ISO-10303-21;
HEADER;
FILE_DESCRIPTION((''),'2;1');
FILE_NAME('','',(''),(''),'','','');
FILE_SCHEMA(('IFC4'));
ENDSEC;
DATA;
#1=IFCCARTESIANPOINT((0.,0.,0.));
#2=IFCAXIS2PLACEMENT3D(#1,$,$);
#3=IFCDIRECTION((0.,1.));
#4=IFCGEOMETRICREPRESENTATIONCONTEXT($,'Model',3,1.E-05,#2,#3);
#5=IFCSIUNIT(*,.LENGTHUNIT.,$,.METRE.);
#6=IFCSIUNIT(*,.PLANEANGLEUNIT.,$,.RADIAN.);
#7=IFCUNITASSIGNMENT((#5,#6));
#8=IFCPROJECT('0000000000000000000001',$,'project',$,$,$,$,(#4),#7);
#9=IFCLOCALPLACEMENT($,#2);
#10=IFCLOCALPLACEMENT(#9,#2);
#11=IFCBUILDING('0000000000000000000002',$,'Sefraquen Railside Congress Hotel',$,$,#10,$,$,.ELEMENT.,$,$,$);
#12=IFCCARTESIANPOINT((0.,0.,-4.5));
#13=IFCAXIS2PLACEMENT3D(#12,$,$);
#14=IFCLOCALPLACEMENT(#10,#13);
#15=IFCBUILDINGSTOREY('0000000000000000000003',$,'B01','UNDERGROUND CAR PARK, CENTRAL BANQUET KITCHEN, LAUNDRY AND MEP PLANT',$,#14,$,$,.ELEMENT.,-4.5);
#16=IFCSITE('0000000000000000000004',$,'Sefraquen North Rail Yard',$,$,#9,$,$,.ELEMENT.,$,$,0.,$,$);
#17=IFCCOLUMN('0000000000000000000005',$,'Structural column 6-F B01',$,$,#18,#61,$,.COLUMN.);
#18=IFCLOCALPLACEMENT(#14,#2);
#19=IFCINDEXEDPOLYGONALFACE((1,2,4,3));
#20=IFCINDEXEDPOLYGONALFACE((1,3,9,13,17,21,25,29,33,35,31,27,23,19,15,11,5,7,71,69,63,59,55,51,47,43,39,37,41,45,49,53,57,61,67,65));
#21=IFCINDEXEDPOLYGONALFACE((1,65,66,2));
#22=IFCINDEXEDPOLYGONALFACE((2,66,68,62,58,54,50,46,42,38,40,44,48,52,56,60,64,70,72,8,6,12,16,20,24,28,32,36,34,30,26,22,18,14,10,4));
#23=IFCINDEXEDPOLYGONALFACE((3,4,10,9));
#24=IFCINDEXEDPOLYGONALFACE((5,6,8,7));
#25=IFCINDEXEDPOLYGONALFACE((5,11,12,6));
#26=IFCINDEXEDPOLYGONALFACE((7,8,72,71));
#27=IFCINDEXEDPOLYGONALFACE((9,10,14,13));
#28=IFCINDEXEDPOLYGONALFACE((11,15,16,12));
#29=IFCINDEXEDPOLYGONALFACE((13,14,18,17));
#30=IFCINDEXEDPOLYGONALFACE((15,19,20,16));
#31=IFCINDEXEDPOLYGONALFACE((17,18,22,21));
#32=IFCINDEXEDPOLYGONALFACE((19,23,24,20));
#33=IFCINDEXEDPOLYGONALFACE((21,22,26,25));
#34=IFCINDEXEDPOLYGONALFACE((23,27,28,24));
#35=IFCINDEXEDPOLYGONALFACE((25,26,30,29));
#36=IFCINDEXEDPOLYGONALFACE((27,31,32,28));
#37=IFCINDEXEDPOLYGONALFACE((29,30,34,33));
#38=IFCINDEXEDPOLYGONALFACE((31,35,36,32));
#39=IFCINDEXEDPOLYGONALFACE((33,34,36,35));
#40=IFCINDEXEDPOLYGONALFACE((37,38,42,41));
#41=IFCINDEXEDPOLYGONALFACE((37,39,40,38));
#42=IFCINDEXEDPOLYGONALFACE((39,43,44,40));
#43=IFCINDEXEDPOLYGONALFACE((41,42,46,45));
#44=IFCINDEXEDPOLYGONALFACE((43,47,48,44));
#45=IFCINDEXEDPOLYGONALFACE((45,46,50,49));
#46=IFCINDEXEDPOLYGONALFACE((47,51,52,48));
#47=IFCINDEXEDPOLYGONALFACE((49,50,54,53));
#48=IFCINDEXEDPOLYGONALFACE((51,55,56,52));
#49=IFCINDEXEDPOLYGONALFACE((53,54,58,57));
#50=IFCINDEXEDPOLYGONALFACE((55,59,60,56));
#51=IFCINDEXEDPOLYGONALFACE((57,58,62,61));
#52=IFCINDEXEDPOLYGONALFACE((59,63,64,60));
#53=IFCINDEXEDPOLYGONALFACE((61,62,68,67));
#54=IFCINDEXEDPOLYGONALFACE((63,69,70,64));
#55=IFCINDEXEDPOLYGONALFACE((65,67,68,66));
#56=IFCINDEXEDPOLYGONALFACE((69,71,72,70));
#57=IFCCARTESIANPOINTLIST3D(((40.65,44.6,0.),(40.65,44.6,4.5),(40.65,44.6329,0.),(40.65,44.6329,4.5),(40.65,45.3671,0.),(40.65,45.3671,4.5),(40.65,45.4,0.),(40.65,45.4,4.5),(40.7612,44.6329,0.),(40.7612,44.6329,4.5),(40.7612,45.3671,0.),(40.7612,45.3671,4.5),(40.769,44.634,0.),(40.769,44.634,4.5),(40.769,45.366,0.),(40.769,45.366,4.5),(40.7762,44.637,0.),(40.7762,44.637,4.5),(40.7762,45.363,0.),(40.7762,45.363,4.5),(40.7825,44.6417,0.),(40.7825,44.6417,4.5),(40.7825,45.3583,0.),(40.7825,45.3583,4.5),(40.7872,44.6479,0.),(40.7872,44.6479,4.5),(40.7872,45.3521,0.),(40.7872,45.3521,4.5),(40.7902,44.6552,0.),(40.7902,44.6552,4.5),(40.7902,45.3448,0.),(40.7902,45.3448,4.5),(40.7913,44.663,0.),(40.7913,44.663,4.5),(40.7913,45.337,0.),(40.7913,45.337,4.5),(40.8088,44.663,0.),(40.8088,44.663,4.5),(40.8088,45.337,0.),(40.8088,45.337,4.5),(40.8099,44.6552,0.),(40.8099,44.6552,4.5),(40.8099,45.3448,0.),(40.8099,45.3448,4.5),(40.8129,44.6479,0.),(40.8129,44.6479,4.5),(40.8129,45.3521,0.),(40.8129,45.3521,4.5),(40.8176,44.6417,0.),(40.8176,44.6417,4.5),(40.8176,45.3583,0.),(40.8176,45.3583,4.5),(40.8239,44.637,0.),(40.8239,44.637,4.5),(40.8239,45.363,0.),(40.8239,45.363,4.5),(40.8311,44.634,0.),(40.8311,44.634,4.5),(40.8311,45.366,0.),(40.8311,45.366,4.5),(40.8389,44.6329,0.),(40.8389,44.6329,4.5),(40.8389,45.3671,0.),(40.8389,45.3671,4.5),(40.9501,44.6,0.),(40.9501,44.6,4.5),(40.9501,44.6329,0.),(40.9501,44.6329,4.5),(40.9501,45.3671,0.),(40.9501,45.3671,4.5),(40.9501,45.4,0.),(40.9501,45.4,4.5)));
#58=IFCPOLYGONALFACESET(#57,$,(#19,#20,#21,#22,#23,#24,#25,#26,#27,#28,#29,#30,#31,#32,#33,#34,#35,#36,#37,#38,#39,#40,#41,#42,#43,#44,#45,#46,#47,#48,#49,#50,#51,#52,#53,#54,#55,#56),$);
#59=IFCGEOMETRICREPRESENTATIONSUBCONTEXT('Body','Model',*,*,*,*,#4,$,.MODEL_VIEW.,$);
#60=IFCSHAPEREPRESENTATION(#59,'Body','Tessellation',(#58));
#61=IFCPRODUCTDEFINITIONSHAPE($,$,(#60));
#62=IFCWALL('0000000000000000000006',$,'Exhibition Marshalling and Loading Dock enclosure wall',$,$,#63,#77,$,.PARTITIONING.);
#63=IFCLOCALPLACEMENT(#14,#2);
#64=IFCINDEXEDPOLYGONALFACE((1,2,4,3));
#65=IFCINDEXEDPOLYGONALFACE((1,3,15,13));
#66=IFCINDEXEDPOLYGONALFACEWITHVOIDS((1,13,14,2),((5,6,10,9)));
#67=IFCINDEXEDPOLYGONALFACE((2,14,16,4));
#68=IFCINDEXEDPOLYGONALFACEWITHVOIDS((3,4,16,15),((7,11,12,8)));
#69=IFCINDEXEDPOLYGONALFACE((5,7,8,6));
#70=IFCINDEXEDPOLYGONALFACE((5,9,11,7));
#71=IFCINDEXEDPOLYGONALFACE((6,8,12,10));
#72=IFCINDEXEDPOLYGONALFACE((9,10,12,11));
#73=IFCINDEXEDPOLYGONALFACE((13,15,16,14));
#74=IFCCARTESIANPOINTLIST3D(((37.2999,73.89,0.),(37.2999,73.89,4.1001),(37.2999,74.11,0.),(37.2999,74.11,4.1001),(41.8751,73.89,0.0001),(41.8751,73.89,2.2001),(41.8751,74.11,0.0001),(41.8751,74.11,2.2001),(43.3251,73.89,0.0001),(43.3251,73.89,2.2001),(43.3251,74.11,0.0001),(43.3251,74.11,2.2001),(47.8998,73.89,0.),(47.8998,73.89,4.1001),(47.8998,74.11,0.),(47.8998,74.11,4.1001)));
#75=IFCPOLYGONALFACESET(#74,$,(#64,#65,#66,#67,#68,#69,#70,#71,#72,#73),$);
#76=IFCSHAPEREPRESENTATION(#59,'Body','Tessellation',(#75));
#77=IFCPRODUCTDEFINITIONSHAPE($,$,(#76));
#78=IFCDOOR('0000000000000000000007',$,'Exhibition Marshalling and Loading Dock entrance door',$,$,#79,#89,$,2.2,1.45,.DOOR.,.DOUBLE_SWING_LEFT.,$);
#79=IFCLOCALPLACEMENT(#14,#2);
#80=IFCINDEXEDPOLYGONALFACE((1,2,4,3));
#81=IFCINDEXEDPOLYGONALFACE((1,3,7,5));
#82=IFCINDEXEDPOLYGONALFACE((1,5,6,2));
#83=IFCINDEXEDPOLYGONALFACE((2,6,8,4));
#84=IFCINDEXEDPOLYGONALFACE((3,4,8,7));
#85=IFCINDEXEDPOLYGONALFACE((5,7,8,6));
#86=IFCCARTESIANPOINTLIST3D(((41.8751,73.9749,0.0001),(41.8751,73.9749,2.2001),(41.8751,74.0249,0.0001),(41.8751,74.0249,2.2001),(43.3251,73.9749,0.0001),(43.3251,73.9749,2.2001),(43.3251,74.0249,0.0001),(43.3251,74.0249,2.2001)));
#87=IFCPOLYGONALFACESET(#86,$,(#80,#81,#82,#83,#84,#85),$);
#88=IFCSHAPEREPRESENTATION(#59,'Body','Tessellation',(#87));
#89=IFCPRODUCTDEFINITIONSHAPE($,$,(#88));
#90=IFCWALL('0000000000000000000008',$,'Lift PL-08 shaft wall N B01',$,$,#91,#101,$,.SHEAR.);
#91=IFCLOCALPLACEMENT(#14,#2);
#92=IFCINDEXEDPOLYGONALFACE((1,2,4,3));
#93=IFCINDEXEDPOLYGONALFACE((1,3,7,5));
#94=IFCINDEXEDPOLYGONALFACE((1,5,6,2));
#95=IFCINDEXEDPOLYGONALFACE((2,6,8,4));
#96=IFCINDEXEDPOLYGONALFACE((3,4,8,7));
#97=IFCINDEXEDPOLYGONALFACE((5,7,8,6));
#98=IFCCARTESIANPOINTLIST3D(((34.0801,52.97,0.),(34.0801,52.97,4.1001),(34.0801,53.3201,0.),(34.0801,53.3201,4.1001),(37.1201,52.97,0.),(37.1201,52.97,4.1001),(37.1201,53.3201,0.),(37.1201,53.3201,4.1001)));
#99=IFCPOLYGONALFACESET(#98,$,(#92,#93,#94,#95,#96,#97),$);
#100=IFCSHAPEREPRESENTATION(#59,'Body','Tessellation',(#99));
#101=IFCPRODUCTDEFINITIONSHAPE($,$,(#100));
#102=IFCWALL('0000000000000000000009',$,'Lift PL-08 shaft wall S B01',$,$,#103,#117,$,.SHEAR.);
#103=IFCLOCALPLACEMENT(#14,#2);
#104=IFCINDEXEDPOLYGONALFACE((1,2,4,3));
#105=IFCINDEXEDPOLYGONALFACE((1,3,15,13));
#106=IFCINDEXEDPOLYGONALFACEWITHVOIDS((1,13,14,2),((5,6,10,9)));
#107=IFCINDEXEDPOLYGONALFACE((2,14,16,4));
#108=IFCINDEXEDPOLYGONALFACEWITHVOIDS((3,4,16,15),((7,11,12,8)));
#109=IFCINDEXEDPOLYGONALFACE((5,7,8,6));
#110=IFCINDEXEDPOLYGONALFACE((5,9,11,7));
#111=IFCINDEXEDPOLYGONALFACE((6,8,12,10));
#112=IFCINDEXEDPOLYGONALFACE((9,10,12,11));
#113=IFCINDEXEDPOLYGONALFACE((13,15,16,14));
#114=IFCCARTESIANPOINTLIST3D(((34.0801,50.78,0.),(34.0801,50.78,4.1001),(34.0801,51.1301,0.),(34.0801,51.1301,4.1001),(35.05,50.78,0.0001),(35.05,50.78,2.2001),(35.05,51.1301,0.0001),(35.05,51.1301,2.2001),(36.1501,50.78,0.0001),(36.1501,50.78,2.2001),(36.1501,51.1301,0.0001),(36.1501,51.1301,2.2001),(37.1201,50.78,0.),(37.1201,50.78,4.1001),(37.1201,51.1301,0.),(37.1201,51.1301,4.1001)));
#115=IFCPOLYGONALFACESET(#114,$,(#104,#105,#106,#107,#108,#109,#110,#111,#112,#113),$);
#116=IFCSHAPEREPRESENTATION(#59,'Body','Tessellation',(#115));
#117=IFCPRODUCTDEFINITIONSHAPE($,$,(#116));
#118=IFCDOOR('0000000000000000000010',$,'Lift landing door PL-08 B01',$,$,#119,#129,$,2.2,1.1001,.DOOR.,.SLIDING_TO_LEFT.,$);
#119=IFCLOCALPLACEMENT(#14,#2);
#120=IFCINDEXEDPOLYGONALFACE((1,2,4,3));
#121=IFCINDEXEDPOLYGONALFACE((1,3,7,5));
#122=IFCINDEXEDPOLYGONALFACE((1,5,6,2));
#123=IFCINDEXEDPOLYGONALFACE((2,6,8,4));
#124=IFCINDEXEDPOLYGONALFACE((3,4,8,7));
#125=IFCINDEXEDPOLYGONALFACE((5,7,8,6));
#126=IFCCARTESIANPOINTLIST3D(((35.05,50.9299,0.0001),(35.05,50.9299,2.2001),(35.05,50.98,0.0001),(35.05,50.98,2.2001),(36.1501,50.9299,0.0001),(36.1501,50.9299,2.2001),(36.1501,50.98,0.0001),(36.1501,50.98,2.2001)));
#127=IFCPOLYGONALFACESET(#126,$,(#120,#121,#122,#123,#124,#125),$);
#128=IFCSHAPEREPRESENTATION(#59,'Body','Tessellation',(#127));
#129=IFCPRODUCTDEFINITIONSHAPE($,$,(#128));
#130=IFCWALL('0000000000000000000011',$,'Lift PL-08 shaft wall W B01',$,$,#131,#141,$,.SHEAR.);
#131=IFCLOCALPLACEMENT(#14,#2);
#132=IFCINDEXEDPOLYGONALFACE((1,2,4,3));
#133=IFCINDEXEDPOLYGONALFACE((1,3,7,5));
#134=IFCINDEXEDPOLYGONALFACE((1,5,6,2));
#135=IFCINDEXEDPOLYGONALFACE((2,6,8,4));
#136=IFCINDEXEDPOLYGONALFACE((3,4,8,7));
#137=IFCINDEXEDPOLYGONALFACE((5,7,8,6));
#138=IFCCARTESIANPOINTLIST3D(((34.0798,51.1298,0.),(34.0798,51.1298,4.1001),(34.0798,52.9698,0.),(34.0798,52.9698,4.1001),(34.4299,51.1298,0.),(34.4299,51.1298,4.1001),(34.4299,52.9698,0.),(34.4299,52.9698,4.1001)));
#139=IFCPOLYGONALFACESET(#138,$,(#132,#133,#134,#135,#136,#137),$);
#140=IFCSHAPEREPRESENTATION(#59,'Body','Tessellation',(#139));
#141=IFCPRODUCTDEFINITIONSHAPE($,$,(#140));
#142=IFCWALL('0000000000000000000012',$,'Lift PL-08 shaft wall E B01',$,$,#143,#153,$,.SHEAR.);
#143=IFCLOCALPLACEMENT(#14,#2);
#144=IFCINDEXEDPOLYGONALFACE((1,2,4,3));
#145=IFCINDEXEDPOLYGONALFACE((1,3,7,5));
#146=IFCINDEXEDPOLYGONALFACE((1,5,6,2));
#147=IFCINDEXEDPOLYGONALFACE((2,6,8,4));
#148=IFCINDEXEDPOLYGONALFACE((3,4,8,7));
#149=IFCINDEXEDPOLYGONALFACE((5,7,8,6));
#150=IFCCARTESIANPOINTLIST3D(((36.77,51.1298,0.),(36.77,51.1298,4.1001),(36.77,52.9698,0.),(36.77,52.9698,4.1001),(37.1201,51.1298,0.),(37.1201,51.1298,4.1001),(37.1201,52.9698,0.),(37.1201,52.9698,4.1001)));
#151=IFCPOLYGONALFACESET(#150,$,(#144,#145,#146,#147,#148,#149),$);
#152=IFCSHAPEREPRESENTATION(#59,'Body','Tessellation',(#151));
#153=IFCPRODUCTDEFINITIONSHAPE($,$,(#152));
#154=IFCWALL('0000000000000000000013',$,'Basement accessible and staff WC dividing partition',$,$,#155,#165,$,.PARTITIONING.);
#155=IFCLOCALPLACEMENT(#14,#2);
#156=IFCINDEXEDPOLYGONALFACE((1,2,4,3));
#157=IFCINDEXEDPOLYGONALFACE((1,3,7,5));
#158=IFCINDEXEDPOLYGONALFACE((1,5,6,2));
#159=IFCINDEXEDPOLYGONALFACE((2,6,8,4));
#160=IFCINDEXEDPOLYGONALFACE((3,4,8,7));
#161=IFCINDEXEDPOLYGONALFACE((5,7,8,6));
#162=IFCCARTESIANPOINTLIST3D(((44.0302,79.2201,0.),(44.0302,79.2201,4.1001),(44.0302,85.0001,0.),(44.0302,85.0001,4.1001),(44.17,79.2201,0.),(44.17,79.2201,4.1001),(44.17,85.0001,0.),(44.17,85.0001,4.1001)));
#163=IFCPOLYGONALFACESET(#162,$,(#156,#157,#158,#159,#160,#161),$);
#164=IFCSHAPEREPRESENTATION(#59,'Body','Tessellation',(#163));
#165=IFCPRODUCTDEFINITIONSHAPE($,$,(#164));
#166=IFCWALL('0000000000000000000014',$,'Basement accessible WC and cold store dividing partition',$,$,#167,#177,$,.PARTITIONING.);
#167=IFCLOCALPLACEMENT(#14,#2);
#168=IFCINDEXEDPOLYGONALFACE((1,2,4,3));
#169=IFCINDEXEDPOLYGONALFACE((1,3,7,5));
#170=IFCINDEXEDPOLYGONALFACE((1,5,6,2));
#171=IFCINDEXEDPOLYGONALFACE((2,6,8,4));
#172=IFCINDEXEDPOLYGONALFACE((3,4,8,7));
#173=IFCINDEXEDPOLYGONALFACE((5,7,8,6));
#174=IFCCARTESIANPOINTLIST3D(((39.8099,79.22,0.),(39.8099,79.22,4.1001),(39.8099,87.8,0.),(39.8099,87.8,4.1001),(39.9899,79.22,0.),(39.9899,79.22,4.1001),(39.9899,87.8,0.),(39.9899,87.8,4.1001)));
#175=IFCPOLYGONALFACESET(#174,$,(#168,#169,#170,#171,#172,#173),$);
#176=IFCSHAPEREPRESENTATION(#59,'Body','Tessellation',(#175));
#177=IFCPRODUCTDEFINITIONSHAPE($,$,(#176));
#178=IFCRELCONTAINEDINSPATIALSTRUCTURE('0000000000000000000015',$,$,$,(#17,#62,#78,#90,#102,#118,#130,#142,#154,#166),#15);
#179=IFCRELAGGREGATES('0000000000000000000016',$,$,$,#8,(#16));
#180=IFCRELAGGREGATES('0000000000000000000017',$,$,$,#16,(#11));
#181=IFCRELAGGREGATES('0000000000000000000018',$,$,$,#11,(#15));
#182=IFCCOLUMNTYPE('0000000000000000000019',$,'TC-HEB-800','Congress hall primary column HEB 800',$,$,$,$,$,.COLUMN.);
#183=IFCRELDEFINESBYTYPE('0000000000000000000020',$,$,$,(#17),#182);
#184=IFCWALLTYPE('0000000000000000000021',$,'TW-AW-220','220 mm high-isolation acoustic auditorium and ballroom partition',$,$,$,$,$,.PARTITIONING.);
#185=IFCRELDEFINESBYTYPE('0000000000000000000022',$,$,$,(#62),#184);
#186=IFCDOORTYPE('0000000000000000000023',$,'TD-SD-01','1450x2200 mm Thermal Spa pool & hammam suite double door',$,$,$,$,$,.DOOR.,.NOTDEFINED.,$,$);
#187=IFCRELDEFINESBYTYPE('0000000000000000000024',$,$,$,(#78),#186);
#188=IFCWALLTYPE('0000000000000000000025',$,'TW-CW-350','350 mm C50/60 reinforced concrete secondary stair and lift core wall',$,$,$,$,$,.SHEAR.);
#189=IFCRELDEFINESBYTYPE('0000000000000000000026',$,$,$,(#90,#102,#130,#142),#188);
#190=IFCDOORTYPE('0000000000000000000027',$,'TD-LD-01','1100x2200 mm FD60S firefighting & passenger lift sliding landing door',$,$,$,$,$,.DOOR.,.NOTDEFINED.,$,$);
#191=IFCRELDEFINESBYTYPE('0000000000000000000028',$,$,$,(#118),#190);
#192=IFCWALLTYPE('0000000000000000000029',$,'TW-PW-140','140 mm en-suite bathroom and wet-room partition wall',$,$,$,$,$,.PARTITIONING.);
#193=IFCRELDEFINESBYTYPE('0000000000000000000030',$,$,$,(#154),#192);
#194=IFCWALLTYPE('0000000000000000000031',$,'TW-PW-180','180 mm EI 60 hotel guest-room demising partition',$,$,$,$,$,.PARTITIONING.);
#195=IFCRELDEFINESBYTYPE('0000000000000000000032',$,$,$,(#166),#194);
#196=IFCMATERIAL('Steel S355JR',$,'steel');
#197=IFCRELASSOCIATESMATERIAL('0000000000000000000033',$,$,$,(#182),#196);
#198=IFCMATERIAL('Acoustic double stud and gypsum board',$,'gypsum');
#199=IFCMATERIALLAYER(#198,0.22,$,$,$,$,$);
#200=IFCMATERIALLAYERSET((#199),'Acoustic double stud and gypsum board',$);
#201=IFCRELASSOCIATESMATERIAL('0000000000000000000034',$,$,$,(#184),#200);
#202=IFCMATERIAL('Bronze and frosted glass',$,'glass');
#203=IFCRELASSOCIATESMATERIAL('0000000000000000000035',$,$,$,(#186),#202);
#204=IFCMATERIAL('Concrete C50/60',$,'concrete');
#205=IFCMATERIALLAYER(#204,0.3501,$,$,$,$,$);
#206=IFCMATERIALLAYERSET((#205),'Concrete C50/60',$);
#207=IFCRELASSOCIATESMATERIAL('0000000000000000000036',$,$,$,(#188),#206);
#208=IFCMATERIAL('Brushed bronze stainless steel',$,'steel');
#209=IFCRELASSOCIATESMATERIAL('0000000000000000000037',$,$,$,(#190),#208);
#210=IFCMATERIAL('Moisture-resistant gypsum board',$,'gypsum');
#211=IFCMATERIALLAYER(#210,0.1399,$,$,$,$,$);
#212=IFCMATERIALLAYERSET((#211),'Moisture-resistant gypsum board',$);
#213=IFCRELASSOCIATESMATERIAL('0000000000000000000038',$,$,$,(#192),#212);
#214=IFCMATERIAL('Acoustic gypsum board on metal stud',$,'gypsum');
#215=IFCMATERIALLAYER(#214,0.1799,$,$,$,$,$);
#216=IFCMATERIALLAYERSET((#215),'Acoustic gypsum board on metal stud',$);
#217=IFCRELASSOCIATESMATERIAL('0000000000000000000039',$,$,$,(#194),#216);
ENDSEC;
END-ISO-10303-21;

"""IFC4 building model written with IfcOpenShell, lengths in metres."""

from ifc_helpers import new_model, si_unit, direction, frame, frame_2d, origin, origin_2d, place, context, subcontext, project, spatial, rectangle, i_section, extrude, material, layer, layer_set, material_profile, profile_set, type_object, element, fill, save


model = new_model("IFC4")

# Units and contexts
model_context = context("Model", 3, precision=1e-05, world=origin(), true_north=direction((0.0, 1.0)))
body_context = subcontext(model_context, "Body", "Model", "MODEL_VIEW")
ifc_project = project(units=[si_unit("LENGTHUNIT", "METRE"), si_unit("PLANEANGLEUNIT", "RADIAN")], contexts=[model_context])

# Site, building, storey
site_placement = place(None, origin())
site = spatial("IfcSite", under=ifc_project, at=site_placement, Name="Sefraquen North Rail Yard", CompositionType="ELEMENT", RefElevation=0.0)
building_placement = place(site_placement, origin())
building = spatial("IfcBuilding", under=site, at=building_placement, Name="Sefraquen Railside Congress Hotel", CompositionType="ELEMENT")
storey_placement = place(building_placement, frame((0.0, 0.0, -4.5)))
storey = spatial("IfcBuildingStorey", under=building, at=storey_placement, Name="B01", Description="UNDERGROUND CAR PARK, CENTRAL BANQUET KITCHEN, LAUNDRY AND MEP PLANT", CompositionType="ELEMENT", Elevation=-4.5)

# Column
ifc_material_1 = material(Name="Steel S355JR", Category="steel")
ifc_material_profile_1 = material_profile(ifc_material_1, i_section(OverallWidth=0.3, OverallDepth=0.8, WebThickness=0.0176, FlangeThickness=0.033, FilletRadius=0.03, at=origin_2d()), Name="HEB 800")
ifc_profile_set_1 = profile_set([ifc_material_profile_1], Name="Steel S355JR")
column_type_1 = type_object("IfcColumnType", Name="TC-HEB-800", Description="Congress hall primary column HEB 800", PredefinedType="COLUMN", material=ifc_profile_set_1)
for number, where, z_axis, x_axis, name in (
    (1, (40.8, 45.0, 0.0), (0.0, 0.0, 1.0), (1.0, 0.0, 0.0), "Structural column 6-F B01"),
):
    element("IfcColumn", number, at=place(storey_placement, frame(where, z_axis=z_axis, x_axis=x_axis)), inside=storey, type_object=column_type_1, Name=name, PredefinedType="COLUMN", context=body_context, shape_type="SweptSolid", body=[
        extrude(i_section(OverallWidth=0.3, OverallDepth=0.8, WebThickness=0.0176, FlangeThickness=0.033, FilletRadius=0.03, at=origin_2d()), origin(), (0.0, 0.0, 1.0), 4.5),
    ])

# Wall, opening, door
ifc_material_2 = material(Name="Acoustic double stud and gypsum board", Category="gypsum")
ifc_layer_1 = layer(ifc_material_2, 0.22)
ifc_layer_set_1 = layer_set([ifc_layer_1], Name="Acoustic double stud and gypsum board")
wall_type_1 = type_object("IfcWallType", Name="TW-AW-220", Description="220 mm high-isolation acoustic auditorium and ballroom partition", PredefinedType="PARTITIONING", material=ifc_layer_set_1)
wall_1_placement = place(storey_placement, frame((37.3, 74.0, 0.0), z_axis=(0.0, 0.0, 1.0), x_axis=(1.0, 0.0, 0.0)))
wall_1 = element("IfcWall", 2, at=wall_1_placement, inside=storey, type_object=wall_type_1, Name="Exhibition Marshalling and Loading Dock enclosure wall", PredefinedType="PARTITIONING", context=body_context, shape_type="SweptSolid", body=[
    extrude(rectangle(XDim=10.5999, YDim=0.22, at=frame_2d((5.2998, 0.0))), origin(), (0.0, 0.0, 1.0), 4.1001),
])
opening_1_placement = place(wall_1_placement, frame((4.575, 0.0, 0.0)))
opening_1 = element("IfcOpeningElement", 3, at=opening_1_placement, cuts=wall_1, PredefinedType="OPENING", context=body_context, shape_type="SweptSolid", body=[
    extrude(rectangle(XDim=1.45, YDim=2.2, at=frame_2d((0.7251, 1.1001))), frame((0.0, 0.1199, 0.0), z_axis=(0.0, -1.0, 0.0), x_axis=(1.0, 0.0, 0.0)), (0.0, 0.0, 1.0), 0.24),
])
ifc_material_3 = material(Name="Bronze and frosted glass", Category="glass")
door_type_1 = type_object("IfcDoorType", Name="TD-SD-01", Description="1450x2200 mm Thermal Spa pool & hammam suite double door", OperationType="NOTDEFINED", PredefinedType="DOOR", material=ifc_material_3)
door_1_placement = place(opening_1_placement, origin())
door_1 = element("IfcDoor", 4, at=door_1_placement, inside=storey, type_object=door_type_1, Name="Exhibition Marshalling and Loading Dock entrance door", OperationType="DOUBLE_SWING_LEFT", OverallHeight=2.2, OverallWidth=1.45, PredefinedType="DOOR", context=body_context, shape_type="SweptSolid", body=[
    extrude(rectangle(XDim=1.45, YDim=2.2, at=frame_2d((0.7251, 1.1001))), frame((0.0, 0.0249, 0.0), z_axis=(0.0, -1.0, 0.0), x_axis=(1.0, 0.0, 0.0)), (0.0, 0.0, 1.0), 0.05),
])
fill(opening_1, door_1)

# Wall
ifc_material_4 = material(Name="Concrete C50/60", Category="concrete")
ifc_layer_2 = layer(ifc_material_4, 0.3501)
ifc_layer_set_2 = layer_set([ifc_layer_2], Name="Concrete C50/60")
wall_type_2 = type_object("IfcWallType", Name="TW-CW-350", Description="350 mm C50/60 reinforced concrete secondary stair and lift core wall", PredefinedType="SHEAR", material=ifc_layer_set_2)
wall_2_placement = place(storey_placement, frame((34.0801, 53.145, 0.0), z_axis=(0.0, 0.0, 1.0), x_axis=(1.0, 0.0, 0.0)))
element("IfcWall", 5, at=wall_2_placement, inside=storey, type_object=wall_type_2, Name="Lift PL-08 shaft wall N B01", PredefinedType="SHEAR", context=body_context, shape_type="SweptSolid", body=[
    extrude(rectangle(XDim=3.04, YDim=0.3501, at=frame_2d((1.52, 0.0))), origin(), (0.0, 0.0, 1.0), 4.1001),
])

# Wall, opening, door
wall_3_placement = place(storey_placement, frame((34.0801, 50.9551, 0.0), z_axis=(0.0, 0.0, 1.0), x_axis=(1.0, 0.0, 0.0)))
wall_3 = element("IfcWall", 6, at=wall_3_placement, inside=storey, type_object=wall_type_2, Name="Lift PL-08 shaft wall S B01", PredefinedType="SHEAR", context=body_context, shape_type="SweptSolid", body=[
    extrude(rectangle(XDim=3.04, YDim=0.3501, at=frame_2d((1.52, 0.0))), origin(), (0.0, 0.0, 1.0), 4.1001),
])
opening_2_placement = place(wall_3_placement, frame((0.97, 0.0, 0.0)))
opening_2 = element("IfcOpeningElement", 7, at=opening_2_placement, cuts=wall_3, PredefinedType="OPENING", context=body_context, shape_type="SweptSolid", body=[
    extrude(rectangle(XDim=1.1001, YDim=2.2, at=frame_2d((0.55, 1.1001))), frame((0.0, 0.1851, 0.0), z_axis=(0.0, -1.0, 0.0), x_axis=(1.0, 0.0, 0.0)), (0.0, 0.0, 1.0), 0.3701),
])
ifc_material_5 = material(Name="Brushed bronze stainless steel", Category="steel")
door_type_2 = type_object("IfcDoorType", Name="TD-LD-01", Description="1100x2200 mm FD60S firefighting & passenger lift sliding landing door", OperationType="NOTDEFINED", PredefinedType="DOOR", material=ifc_material_5)
door_2_placement = place(opening_2_placement, origin())
door_2 = element("IfcDoor", 8, at=door_2_placement, inside=storey, type_object=door_type_2, Name="Lift landing door PL-08 B01", OperationType="SLIDING_TO_LEFT", OverallHeight=2.2, OverallWidth=1.1001, PredefinedType="DOOR", context=body_context, shape_type="SweptSolid", body=[
    extrude(rectangle(XDim=1.1001, YDim=2.2, at=frame_2d((0.55, 1.1001))), frame((0.0, 0.0249, 0.0), z_axis=(0.0, -1.0, 0.0), x_axis=(1.0, 0.0, 0.0)), (0.0, 0.0, 1.0), 0.05),
])
fill(opening_2, door_2)

# Walls
for number, where, z_axis, x_axis, name in (
    (9, (34.2549, 51.1299, 0.0), (0.0, 0.0, 1.0), (0.0, 1.0, 0.0), "Lift PL-08 shaft wall W B01"),
    (10, (36.9451, 51.1299, 0.0), (0.0, 0.0, 1.0), (0.0, 1.0, 0.0), "Lift PL-08 shaft wall E B01"),
):
    element("IfcWall", number, at=place(storey_placement, frame(where, z_axis=z_axis, x_axis=x_axis)), inside=storey, type_object=wall_type_2, Name=name, PredefinedType="SHEAR", context=body_context, shape_type="SweptSolid", body=[
        extrude(rectangle(XDim=1.8401, YDim=0.3501, at=frame_2d((0.9199, 0.0))), origin(), (0.0, 0.0, 1.0), 4.1001),
    ])
ifc_material_6 = material(Name="Moisture-resistant gypsum board", Category="gypsum")
ifc_layer_3 = layer(ifc_material_6, 0.1399)
ifc_layer_set_3 = layer_set([ifc_layer_3], Name="Moisture-resistant gypsum board")
wall_type_3 = type_object("IfcWallType", Name="TW-PW-140", Description="140 mm en-suite bathroom and wet-room partition wall", PredefinedType="PARTITIONING", material=ifc_layer_set_3)
wall_4_placement = place(storey_placement, frame((44.1001, 79.22, 0.0), z_axis=(0.0, 0.0, 1.0), x_axis=(0.0, 1.0, 0.0)))
element("IfcWall", 11, at=wall_4_placement, inside=storey, type_object=wall_type_3, Name="Basement accessible and staff WC dividing partition", PredefinedType="PARTITIONING", context=body_context, shape_type="SweptSolid", body=[
    extrude(rectangle(XDim=5.78, YDim=0.1399, at=frame_2d((2.8901, 0.0))), origin(), (0.0, 0.0, 1.0), 4.1001),
])

# Wall
ifc_material_7 = material(Name="Acoustic gypsum board on metal stud", Category="gypsum")
ifc_layer_4 = layer(ifc_material_7, 0.1799)
ifc_layer_set_4 = layer_set([ifc_layer_4], Name="Acoustic gypsum board on metal stud")
wall_type_4 = type_object("IfcWallType", Name="TW-PW-180", Description="180 mm EI 60 hotel guest-room demising partition", PredefinedType="PARTITIONING", material=ifc_layer_set_4)
wall_5_placement = place(storey_placement, frame((39.8999, 79.22, 0.0), z_axis=(0.0, 0.0, 1.0), x_axis=(0.0, 1.0, 0.0)))
element("IfcWall", 12, at=wall_5_placement, inside=storey, type_object=wall_type_4, Name="Basement accessible WC and cold store dividing partition", PredefinedType="PARTITIONING", context=body_context, shape_type="SweptSolid", body=[
    extrude(rectangle(XDim=8.5801, YDim=0.1799, at=frame_2d((4.29, 0.0))), origin(), (0.0, 0.0, 1.0), 4.1001),
])

save(model, "model.ifc")
